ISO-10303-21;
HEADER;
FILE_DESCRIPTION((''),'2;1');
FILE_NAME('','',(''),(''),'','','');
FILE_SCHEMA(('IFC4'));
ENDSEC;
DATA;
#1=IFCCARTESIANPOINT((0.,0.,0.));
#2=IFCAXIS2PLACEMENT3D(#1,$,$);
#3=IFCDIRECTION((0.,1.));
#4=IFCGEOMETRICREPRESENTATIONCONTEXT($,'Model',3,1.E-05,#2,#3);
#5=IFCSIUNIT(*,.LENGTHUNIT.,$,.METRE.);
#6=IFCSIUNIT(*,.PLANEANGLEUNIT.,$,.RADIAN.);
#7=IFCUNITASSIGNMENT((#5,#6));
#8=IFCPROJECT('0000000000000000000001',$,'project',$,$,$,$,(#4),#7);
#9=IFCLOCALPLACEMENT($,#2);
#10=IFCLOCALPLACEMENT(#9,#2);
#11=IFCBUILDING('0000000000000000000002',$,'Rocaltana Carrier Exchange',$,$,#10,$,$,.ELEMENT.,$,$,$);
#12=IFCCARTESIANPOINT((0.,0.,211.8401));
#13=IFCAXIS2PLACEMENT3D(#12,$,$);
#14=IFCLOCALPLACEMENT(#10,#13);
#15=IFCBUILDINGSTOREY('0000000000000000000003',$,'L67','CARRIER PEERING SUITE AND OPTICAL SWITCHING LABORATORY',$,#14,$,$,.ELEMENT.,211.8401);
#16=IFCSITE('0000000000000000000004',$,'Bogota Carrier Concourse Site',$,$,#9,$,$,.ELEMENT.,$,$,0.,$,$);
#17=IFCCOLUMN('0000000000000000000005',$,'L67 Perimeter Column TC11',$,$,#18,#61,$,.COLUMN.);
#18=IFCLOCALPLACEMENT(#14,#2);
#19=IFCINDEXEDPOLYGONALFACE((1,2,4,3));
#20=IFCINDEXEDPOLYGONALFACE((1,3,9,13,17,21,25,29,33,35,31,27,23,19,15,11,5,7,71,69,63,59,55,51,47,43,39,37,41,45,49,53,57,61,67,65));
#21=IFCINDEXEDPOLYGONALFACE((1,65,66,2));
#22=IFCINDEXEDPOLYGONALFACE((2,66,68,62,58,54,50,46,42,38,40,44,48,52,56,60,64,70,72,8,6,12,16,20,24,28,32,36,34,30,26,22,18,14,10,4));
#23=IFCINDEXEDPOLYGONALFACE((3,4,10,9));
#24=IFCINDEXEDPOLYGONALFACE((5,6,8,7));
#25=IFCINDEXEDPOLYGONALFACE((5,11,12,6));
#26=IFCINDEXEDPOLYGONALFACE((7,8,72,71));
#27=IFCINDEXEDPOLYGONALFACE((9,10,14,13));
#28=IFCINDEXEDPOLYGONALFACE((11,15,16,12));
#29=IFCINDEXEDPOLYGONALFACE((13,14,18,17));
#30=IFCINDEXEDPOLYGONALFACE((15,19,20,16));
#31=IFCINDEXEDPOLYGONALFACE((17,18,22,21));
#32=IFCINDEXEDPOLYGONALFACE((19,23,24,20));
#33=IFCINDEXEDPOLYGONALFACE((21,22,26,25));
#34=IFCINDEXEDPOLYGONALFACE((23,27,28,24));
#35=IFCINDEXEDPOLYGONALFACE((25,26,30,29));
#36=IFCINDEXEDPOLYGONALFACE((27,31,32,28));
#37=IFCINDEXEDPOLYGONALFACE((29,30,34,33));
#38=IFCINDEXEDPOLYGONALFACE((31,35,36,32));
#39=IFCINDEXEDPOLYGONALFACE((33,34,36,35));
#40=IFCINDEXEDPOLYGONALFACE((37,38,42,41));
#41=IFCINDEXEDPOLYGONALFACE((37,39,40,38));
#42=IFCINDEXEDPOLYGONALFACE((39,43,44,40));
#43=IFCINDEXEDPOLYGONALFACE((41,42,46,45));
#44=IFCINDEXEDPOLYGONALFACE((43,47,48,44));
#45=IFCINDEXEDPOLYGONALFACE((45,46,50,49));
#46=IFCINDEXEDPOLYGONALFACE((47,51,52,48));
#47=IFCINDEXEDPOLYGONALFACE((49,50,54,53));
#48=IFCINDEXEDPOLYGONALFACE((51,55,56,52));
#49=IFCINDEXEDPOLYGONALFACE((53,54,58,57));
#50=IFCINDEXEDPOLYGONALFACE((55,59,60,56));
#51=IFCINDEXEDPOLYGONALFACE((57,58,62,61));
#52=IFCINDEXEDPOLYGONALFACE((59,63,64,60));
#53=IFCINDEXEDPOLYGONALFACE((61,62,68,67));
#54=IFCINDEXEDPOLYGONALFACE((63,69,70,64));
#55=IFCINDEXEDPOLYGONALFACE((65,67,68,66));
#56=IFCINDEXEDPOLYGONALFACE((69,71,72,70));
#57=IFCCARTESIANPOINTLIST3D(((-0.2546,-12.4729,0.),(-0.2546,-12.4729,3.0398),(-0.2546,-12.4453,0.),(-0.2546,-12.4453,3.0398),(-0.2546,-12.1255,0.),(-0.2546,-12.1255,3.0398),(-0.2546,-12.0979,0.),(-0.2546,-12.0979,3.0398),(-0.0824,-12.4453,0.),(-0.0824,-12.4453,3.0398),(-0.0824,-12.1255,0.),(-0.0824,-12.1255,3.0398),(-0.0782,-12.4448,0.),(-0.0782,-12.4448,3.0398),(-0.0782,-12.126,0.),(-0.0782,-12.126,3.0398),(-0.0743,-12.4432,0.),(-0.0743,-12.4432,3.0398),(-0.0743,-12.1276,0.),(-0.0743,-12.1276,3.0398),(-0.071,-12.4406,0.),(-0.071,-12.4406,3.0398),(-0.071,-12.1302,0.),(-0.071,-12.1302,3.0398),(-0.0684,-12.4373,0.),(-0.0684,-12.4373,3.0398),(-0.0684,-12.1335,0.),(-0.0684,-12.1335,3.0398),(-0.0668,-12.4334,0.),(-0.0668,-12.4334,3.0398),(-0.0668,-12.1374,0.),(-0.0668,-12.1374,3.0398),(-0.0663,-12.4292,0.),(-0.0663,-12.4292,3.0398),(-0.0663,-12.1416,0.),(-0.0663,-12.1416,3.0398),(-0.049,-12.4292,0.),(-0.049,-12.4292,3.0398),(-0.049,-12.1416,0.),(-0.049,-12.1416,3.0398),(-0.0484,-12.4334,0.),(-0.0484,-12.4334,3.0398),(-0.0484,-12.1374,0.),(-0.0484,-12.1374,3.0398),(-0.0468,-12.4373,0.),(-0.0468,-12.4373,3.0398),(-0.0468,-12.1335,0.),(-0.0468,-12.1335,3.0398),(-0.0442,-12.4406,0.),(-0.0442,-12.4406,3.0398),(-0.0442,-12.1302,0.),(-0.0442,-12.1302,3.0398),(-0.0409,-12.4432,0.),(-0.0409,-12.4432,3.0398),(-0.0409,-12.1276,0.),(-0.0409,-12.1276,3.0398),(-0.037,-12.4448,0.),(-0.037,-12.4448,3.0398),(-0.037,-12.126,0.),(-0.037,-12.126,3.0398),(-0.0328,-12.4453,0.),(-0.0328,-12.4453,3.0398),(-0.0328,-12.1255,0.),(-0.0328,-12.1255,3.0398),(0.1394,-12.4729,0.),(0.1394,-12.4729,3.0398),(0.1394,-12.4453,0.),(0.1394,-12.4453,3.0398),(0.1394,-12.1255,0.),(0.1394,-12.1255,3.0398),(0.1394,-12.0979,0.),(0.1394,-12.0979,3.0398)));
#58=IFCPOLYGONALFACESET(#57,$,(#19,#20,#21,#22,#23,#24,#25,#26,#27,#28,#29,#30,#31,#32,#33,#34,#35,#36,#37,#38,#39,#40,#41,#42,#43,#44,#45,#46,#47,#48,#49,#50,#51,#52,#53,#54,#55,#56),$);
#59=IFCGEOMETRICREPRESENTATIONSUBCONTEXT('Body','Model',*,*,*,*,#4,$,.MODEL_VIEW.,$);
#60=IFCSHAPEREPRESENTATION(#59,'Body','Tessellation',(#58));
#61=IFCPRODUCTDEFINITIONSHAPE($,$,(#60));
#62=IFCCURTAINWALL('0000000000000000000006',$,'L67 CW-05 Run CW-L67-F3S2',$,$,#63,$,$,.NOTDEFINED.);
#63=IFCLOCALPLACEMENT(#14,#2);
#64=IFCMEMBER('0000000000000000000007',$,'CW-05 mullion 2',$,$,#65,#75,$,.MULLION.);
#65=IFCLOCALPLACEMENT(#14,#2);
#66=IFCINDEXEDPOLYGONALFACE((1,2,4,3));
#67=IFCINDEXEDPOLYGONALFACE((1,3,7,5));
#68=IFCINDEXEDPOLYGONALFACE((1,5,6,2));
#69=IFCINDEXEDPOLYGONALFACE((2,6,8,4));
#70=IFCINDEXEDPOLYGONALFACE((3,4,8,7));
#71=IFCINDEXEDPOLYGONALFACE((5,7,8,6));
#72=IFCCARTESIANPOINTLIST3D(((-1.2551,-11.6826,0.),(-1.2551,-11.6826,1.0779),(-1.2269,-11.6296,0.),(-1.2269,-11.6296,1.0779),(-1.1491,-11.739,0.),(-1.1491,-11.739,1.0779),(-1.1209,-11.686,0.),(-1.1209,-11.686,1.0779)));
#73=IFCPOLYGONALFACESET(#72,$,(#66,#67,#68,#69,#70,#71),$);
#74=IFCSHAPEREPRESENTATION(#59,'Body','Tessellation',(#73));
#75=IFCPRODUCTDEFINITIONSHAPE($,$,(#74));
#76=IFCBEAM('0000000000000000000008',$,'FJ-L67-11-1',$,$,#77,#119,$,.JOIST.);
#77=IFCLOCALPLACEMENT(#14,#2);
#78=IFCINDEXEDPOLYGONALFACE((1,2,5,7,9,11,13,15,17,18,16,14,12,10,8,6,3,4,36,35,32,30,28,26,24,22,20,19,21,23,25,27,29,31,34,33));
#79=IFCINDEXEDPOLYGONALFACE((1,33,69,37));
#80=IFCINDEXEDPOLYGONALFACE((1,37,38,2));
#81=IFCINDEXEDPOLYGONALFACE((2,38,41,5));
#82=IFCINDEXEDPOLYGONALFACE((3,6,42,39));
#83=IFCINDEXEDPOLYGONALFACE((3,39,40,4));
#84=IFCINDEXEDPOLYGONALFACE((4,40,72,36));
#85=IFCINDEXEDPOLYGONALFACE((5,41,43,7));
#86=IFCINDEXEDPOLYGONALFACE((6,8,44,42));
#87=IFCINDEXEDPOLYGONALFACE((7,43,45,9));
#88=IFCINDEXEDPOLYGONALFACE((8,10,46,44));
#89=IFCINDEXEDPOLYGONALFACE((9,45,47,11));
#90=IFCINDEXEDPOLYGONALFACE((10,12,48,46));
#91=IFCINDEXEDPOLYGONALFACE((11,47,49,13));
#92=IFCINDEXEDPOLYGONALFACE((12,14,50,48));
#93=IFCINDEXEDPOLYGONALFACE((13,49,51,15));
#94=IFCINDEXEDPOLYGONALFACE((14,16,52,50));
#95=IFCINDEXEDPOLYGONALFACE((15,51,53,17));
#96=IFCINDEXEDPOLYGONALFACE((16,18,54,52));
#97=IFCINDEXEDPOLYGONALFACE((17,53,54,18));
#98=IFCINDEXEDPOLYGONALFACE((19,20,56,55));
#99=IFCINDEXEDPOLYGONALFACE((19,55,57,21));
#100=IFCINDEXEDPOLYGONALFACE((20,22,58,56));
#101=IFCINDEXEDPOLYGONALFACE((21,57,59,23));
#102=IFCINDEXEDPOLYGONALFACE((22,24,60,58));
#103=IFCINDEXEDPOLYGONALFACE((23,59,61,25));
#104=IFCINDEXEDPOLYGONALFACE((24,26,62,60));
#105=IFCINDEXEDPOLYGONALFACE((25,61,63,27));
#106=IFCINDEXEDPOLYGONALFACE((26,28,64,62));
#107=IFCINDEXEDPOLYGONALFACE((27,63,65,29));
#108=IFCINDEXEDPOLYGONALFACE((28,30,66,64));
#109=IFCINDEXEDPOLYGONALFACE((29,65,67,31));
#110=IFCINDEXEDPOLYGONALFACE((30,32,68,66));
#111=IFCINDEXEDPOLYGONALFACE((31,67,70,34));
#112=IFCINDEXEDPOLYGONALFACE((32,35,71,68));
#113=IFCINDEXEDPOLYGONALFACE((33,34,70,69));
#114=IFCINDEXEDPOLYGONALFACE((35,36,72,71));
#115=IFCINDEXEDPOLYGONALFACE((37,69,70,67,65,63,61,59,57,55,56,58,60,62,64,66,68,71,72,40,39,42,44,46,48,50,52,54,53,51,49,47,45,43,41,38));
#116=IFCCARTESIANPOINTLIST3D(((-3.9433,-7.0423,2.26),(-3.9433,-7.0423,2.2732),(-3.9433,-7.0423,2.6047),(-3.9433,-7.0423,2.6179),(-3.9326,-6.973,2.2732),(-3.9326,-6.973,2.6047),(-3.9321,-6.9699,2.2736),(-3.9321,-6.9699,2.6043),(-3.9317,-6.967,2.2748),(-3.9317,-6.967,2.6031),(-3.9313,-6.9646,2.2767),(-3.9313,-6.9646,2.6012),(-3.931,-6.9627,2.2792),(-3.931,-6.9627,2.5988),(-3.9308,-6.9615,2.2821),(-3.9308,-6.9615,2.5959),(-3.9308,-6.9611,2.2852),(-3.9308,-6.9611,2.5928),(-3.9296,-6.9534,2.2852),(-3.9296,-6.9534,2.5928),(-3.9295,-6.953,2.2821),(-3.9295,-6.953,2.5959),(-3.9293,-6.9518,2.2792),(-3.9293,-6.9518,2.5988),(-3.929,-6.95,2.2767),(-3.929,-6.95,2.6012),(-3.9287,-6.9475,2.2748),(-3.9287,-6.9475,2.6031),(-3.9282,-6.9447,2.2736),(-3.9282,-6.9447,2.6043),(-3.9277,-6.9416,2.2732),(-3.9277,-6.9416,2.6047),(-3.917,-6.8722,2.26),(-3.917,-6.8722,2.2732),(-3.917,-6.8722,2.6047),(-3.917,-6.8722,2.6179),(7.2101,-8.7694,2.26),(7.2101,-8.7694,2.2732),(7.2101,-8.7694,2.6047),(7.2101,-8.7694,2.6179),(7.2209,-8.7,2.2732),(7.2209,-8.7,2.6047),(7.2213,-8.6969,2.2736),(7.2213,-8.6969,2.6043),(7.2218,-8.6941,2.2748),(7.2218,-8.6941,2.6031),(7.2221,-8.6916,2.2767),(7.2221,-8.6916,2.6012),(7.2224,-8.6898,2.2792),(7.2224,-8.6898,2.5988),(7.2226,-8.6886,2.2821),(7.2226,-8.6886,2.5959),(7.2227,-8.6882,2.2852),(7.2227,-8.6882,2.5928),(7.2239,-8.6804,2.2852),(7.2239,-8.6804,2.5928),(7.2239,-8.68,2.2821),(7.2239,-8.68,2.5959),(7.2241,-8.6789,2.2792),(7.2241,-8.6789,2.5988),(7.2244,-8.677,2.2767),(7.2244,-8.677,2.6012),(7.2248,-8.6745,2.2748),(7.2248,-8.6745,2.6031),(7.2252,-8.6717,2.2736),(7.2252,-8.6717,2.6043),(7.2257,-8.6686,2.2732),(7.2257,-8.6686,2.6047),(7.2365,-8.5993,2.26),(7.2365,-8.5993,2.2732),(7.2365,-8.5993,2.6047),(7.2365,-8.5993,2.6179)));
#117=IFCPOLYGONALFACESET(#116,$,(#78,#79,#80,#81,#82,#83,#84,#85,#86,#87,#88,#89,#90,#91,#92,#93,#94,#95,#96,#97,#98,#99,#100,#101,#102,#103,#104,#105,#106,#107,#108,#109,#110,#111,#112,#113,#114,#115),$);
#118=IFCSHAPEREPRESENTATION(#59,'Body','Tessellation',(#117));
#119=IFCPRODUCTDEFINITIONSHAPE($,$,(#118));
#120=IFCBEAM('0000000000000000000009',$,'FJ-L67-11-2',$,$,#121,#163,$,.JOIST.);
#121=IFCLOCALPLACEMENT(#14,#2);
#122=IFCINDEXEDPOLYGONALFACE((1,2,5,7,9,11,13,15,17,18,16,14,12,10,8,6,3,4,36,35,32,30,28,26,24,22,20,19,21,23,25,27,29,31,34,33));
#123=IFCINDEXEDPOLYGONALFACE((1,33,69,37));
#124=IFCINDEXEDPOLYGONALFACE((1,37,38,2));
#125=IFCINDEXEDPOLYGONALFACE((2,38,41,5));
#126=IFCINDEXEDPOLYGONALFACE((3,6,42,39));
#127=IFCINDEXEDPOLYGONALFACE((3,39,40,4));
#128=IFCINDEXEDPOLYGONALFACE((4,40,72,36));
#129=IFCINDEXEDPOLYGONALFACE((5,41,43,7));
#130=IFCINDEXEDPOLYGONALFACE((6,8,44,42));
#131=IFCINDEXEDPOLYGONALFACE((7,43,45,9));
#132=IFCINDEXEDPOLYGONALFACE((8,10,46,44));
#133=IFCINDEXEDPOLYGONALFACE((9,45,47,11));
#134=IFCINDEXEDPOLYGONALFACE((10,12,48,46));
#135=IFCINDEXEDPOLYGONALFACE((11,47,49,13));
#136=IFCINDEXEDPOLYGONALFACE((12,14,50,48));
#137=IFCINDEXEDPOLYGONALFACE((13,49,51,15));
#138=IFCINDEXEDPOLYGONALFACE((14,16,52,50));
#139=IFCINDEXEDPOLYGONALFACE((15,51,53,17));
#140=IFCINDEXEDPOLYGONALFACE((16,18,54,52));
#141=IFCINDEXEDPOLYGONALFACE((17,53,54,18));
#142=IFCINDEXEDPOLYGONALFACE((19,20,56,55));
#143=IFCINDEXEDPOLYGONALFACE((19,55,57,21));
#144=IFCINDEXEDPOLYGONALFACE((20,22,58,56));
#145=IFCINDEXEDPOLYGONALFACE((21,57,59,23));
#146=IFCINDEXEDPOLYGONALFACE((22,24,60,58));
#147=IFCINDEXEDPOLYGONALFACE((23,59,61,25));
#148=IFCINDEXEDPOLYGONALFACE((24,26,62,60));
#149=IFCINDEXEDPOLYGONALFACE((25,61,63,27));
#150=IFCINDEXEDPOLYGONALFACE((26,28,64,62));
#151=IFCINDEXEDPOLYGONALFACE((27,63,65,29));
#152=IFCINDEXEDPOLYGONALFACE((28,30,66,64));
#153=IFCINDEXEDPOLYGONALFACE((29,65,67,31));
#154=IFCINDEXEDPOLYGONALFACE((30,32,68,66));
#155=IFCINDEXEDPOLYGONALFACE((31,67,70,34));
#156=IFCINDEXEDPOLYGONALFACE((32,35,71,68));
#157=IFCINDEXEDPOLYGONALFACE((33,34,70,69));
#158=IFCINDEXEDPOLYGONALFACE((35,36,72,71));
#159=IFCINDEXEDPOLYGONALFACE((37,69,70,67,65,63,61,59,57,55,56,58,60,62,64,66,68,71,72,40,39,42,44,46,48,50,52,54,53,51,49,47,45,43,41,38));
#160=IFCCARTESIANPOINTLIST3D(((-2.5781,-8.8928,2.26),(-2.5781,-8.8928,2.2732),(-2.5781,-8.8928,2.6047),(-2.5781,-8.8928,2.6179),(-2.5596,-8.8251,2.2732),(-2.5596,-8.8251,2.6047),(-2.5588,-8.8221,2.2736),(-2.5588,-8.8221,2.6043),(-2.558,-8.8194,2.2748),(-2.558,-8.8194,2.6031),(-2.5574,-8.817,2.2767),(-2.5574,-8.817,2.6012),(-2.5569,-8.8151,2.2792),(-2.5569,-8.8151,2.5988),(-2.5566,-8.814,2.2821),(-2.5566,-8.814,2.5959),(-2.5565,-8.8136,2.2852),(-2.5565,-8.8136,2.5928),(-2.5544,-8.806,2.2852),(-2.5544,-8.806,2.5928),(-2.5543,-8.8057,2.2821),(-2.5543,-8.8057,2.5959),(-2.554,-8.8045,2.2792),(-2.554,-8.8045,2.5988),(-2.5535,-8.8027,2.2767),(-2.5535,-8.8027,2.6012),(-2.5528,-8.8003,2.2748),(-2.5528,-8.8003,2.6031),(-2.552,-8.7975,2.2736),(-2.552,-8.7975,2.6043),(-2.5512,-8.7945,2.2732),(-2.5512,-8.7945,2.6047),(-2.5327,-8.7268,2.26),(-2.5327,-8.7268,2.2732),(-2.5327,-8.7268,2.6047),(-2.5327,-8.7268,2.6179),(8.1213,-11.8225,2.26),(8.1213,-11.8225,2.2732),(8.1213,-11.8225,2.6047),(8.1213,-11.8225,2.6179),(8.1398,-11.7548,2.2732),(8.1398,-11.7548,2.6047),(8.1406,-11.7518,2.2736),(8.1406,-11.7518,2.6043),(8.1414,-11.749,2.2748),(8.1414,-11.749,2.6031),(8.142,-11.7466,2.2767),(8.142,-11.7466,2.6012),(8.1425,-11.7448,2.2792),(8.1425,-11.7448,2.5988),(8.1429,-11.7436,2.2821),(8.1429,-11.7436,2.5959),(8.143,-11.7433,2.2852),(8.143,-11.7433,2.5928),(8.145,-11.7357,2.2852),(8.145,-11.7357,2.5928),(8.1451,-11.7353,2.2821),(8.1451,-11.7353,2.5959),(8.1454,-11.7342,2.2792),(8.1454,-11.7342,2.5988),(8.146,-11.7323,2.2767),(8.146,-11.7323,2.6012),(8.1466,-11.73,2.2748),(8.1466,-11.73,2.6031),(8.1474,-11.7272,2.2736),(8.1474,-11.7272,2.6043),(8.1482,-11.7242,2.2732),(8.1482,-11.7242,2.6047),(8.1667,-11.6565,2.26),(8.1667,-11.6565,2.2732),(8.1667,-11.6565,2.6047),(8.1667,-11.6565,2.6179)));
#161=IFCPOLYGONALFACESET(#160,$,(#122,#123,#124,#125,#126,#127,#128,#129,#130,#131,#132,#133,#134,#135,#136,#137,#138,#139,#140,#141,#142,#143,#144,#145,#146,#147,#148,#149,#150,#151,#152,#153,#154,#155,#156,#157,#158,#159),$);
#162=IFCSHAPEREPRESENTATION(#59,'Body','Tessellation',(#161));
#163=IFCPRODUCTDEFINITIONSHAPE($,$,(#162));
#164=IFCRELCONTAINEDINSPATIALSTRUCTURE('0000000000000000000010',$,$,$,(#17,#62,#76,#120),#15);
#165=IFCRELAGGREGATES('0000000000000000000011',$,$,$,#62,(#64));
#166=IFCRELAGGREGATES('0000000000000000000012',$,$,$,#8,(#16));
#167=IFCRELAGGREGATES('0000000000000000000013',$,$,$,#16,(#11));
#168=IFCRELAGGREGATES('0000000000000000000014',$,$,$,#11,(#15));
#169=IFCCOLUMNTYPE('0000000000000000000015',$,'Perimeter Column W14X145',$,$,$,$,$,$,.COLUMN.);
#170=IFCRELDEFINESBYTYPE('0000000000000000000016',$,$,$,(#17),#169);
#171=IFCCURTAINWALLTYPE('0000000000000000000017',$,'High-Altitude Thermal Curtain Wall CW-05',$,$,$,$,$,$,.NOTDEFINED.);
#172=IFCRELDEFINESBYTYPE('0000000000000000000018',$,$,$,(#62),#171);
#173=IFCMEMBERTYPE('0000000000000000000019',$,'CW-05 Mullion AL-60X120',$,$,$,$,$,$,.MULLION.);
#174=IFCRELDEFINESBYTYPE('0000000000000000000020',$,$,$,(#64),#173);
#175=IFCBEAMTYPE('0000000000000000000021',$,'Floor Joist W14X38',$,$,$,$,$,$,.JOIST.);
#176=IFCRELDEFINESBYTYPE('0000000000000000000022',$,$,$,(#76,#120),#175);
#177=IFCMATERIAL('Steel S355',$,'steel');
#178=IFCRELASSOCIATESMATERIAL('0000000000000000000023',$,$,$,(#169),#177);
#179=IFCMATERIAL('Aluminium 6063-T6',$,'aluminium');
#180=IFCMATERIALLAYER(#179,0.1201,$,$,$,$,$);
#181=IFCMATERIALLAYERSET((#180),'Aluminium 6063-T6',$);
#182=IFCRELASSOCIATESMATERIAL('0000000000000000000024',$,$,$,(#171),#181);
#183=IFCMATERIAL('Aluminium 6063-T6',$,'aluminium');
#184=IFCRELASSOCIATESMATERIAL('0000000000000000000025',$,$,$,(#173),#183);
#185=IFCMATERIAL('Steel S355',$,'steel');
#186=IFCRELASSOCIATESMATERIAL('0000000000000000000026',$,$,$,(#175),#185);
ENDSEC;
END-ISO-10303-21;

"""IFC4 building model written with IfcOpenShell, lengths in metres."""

from ifc_helpers import new_model, si_unit, direction, frame, origin, origin_2d, place, context, subcontext, project, spatial, rectangle, i_section, extrude, material, layer, layer_set, material_profile, profile_set, type_object, element, aggregate, save


model = new_model("IFC4")

# Units and contexts
model_context = context("Model", 3, precision=1e-05, world=origin(), true_north=direction((0.0, 1.0)))
body_context = subcontext(model_context, "Body", "Model", "MODEL_VIEW")
ifc_project = project(units=[si_unit("LENGTHUNIT", "METRE"), si_unit("PLANEANGLEUNIT", "RADIAN")], contexts=[model_context])

# Site, building, storey
site_placement = place(None, origin())
site = spatial("IfcSite", under=ifc_project, at=site_placement, Name="Bogota Carrier Concourse Site", CompositionType="ELEMENT", RefElevation=0.0)
building_placement = place(site_placement, origin())
building = spatial("IfcBuilding", under=site, at=building_placement, Name="Rocaltana Carrier Exchange", CompositionType="ELEMENT")
storey_placement = place(building_placement, frame((0.0, 0.0, 211.8401)))
storey = spatial("IfcBuildingStorey", under=building, at=storey_placement, Name="L67", Description="CARRIER PEERING SUITE AND OPTICAL SWITCHING LABORATORY", CompositionType="ELEMENT", Elevation=211.8401)

# Column
ifc_material_1 = material(Name="Steel S355", Category="steel")
ifc_material_profile_1 = material_profile(ifc_material_1, i_section(OverallWidth=0.394, OverallDepth=0.375, WebThickness=0.0173, FlangeThickness=0.0276, FilletRadius=0.0161, at=origin_2d()), Name="W14X145")
ifc_profile_set_1 = profile_set([ifc_material_profile_1], Name="Steel S355")
column_type = type_object("IfcColumnType", Name="Perimeter Column W14X145", PredefinedType="COLUMN", material=ifc_profile_set_1)
column_placement = place(storey_placement, frame((-0.0576, -12.2854, 0.0), z_axis=(0.0, 0.0, 1.0), x_axis=(1.0, 0.0, 0.0)))
element("IfcColumn", 1, at=column_placement, inside=storey, type_object=column_type, Name="L67 Perimeter Column TC11", PredefinedType="COLUMN", context=body_context, shape_type="SweptSolid", body=[
    extrude(i_section(OverallWidth=0.394, OverallDepth=0.375, WebThickness=0.0173, FlangeThickness=0.0276, FilletRadius=0.0161, at=origin_2d()), origin(), (0.0, 0.0, 1.0), 3.0398),
])

# Curtain wall, member
ifc_material_2 = material(Name="Aluminium 6063-T6", Category="aluminium")
ifc_layer_1 = layer(ifc_material_2, 0.1201)
ifc_layer_set_1 = layer_set([ifc_layer_1], Name="Aluminium 6063-T6")
curtain_wall_type = type_object("IfcCurtainWallType", Name="High-Altitude Thermal Curtain Wall CW-05", PredefinedType="NOTDEFINED", material=ifc_layer_set_1)
curtain_wall_placement = place(storey_placement, origin())
curtain_wall = element("IfcCurtainWall", 2, at=curtain_wall_placement, inside=storey, type_object=curtain_wall_type, Name="L67 CW-05 Run CW-L67-F3S2", PredefinedType="NOTDEFINED")
ifc_material_3 = material(Name="Aluminium 6063-T6", Category="aluminium")
ifc_material_profile_2 = material_profile(ifc_material_3, rectangle(XDim=0.0601, YDim=0.1201, at=origin_2d()), Name="AL-60X120")
ifc_profile_set_2 = profile_set([ifc_material_profile_2], Name="Aluminium 6063-T6")
member_type = type_object("IfcMemberType", Name="CW-05 Mullion AL-60X120", PredefinedType="MULLION", material=ifc_profile_set_2)
member_placement = place(storey_placement, frame((-1.188, -11.6843, 0.0), z_axis=(0.0, 0.0, 1.0), x_axis=(0.469479, 0.882943, 0.0)))
member = element("IfcMember", 3, at=member_placement, type_object=member_type, Name="CW-05 mullion 2", PredefinedType="MULLION", context=body_context, shape_type="SweptSolid", body=[
    extrude(rectangle(XDim=0.0601, YDim=0.1201, at=origin_2d()), origin(), (0.0, 0.0, 1.0), 1.0779),
])

# Beams
ifc_material_4 = material(Name="Steel S355", Category="steel")
ifc_material_profile_3 = material_profile(ifc_material_4, i_section(OverallWidth=0.1721, OverallDepth=0.3579, WebThickness=0.0078, FlangeThickness=0.0132, FilletRadius=0.012, at=origin_2d()), Name="W14X38")
ifc_profile_set_3 = profile_set([ifc_material_profile_3], Name="Steel S355")
beam_type_1 = type_object("IfcBeamType", Name="Floor Joist W14X38", PredefinedType="JOIST", material=ifc_profile_set_3)
beam_1_placement = place(storey_placement, frame((-3.9302, -6.9573, 2.439), z_axis=(0.988223, -0.153019, 0.0), x_axis=(0.153019, 0.988223, 0.0)))
element("IfcBeam", 4, at=beam_1_placement, inside=storey, type_object=beam_type_1, Name="FJ-L67-11-1", PredefinedType="JOIST", context=body_context, shape_type="SweptSolid", body=[
    extrude(i_section(OverallWidth=0.1721, OverallDepth=0.3579, WebThickness=0.0078, FlangeThickness=0.0132, FilletRadius=0.012, at=origin_2d()), origin(), (0.0, 0.0, 1.0), 11.2864),
])
beam_2_placement = place(storey_placement, frame((-2.5554, -8.8098, 2.439), z_axis=(0.964497, -0.264095, 0.0), x_axis=(0.264095, 0.964497, 0.0)))
element("IfcBeam", 5, at=beam_2_placement, inside=storey, type_object=beam_type_1, Name="FJ-L67-11-2", PredefinedType="JOIST", context=body_context, shape_type="SweptSolid", body=[
    extrude(i_section(OverallWidth=0.1721, OverallDepth=0.3579, WebThickness=0.0078, FlangeThickness=0.0132, FilletRadius=0.012, at=origin_2d()), origin(), (0.0, 0.0, 1.0), 11.0933),
])

aggregate(curtain_wall, [member])

save(model, "model.ifc")
